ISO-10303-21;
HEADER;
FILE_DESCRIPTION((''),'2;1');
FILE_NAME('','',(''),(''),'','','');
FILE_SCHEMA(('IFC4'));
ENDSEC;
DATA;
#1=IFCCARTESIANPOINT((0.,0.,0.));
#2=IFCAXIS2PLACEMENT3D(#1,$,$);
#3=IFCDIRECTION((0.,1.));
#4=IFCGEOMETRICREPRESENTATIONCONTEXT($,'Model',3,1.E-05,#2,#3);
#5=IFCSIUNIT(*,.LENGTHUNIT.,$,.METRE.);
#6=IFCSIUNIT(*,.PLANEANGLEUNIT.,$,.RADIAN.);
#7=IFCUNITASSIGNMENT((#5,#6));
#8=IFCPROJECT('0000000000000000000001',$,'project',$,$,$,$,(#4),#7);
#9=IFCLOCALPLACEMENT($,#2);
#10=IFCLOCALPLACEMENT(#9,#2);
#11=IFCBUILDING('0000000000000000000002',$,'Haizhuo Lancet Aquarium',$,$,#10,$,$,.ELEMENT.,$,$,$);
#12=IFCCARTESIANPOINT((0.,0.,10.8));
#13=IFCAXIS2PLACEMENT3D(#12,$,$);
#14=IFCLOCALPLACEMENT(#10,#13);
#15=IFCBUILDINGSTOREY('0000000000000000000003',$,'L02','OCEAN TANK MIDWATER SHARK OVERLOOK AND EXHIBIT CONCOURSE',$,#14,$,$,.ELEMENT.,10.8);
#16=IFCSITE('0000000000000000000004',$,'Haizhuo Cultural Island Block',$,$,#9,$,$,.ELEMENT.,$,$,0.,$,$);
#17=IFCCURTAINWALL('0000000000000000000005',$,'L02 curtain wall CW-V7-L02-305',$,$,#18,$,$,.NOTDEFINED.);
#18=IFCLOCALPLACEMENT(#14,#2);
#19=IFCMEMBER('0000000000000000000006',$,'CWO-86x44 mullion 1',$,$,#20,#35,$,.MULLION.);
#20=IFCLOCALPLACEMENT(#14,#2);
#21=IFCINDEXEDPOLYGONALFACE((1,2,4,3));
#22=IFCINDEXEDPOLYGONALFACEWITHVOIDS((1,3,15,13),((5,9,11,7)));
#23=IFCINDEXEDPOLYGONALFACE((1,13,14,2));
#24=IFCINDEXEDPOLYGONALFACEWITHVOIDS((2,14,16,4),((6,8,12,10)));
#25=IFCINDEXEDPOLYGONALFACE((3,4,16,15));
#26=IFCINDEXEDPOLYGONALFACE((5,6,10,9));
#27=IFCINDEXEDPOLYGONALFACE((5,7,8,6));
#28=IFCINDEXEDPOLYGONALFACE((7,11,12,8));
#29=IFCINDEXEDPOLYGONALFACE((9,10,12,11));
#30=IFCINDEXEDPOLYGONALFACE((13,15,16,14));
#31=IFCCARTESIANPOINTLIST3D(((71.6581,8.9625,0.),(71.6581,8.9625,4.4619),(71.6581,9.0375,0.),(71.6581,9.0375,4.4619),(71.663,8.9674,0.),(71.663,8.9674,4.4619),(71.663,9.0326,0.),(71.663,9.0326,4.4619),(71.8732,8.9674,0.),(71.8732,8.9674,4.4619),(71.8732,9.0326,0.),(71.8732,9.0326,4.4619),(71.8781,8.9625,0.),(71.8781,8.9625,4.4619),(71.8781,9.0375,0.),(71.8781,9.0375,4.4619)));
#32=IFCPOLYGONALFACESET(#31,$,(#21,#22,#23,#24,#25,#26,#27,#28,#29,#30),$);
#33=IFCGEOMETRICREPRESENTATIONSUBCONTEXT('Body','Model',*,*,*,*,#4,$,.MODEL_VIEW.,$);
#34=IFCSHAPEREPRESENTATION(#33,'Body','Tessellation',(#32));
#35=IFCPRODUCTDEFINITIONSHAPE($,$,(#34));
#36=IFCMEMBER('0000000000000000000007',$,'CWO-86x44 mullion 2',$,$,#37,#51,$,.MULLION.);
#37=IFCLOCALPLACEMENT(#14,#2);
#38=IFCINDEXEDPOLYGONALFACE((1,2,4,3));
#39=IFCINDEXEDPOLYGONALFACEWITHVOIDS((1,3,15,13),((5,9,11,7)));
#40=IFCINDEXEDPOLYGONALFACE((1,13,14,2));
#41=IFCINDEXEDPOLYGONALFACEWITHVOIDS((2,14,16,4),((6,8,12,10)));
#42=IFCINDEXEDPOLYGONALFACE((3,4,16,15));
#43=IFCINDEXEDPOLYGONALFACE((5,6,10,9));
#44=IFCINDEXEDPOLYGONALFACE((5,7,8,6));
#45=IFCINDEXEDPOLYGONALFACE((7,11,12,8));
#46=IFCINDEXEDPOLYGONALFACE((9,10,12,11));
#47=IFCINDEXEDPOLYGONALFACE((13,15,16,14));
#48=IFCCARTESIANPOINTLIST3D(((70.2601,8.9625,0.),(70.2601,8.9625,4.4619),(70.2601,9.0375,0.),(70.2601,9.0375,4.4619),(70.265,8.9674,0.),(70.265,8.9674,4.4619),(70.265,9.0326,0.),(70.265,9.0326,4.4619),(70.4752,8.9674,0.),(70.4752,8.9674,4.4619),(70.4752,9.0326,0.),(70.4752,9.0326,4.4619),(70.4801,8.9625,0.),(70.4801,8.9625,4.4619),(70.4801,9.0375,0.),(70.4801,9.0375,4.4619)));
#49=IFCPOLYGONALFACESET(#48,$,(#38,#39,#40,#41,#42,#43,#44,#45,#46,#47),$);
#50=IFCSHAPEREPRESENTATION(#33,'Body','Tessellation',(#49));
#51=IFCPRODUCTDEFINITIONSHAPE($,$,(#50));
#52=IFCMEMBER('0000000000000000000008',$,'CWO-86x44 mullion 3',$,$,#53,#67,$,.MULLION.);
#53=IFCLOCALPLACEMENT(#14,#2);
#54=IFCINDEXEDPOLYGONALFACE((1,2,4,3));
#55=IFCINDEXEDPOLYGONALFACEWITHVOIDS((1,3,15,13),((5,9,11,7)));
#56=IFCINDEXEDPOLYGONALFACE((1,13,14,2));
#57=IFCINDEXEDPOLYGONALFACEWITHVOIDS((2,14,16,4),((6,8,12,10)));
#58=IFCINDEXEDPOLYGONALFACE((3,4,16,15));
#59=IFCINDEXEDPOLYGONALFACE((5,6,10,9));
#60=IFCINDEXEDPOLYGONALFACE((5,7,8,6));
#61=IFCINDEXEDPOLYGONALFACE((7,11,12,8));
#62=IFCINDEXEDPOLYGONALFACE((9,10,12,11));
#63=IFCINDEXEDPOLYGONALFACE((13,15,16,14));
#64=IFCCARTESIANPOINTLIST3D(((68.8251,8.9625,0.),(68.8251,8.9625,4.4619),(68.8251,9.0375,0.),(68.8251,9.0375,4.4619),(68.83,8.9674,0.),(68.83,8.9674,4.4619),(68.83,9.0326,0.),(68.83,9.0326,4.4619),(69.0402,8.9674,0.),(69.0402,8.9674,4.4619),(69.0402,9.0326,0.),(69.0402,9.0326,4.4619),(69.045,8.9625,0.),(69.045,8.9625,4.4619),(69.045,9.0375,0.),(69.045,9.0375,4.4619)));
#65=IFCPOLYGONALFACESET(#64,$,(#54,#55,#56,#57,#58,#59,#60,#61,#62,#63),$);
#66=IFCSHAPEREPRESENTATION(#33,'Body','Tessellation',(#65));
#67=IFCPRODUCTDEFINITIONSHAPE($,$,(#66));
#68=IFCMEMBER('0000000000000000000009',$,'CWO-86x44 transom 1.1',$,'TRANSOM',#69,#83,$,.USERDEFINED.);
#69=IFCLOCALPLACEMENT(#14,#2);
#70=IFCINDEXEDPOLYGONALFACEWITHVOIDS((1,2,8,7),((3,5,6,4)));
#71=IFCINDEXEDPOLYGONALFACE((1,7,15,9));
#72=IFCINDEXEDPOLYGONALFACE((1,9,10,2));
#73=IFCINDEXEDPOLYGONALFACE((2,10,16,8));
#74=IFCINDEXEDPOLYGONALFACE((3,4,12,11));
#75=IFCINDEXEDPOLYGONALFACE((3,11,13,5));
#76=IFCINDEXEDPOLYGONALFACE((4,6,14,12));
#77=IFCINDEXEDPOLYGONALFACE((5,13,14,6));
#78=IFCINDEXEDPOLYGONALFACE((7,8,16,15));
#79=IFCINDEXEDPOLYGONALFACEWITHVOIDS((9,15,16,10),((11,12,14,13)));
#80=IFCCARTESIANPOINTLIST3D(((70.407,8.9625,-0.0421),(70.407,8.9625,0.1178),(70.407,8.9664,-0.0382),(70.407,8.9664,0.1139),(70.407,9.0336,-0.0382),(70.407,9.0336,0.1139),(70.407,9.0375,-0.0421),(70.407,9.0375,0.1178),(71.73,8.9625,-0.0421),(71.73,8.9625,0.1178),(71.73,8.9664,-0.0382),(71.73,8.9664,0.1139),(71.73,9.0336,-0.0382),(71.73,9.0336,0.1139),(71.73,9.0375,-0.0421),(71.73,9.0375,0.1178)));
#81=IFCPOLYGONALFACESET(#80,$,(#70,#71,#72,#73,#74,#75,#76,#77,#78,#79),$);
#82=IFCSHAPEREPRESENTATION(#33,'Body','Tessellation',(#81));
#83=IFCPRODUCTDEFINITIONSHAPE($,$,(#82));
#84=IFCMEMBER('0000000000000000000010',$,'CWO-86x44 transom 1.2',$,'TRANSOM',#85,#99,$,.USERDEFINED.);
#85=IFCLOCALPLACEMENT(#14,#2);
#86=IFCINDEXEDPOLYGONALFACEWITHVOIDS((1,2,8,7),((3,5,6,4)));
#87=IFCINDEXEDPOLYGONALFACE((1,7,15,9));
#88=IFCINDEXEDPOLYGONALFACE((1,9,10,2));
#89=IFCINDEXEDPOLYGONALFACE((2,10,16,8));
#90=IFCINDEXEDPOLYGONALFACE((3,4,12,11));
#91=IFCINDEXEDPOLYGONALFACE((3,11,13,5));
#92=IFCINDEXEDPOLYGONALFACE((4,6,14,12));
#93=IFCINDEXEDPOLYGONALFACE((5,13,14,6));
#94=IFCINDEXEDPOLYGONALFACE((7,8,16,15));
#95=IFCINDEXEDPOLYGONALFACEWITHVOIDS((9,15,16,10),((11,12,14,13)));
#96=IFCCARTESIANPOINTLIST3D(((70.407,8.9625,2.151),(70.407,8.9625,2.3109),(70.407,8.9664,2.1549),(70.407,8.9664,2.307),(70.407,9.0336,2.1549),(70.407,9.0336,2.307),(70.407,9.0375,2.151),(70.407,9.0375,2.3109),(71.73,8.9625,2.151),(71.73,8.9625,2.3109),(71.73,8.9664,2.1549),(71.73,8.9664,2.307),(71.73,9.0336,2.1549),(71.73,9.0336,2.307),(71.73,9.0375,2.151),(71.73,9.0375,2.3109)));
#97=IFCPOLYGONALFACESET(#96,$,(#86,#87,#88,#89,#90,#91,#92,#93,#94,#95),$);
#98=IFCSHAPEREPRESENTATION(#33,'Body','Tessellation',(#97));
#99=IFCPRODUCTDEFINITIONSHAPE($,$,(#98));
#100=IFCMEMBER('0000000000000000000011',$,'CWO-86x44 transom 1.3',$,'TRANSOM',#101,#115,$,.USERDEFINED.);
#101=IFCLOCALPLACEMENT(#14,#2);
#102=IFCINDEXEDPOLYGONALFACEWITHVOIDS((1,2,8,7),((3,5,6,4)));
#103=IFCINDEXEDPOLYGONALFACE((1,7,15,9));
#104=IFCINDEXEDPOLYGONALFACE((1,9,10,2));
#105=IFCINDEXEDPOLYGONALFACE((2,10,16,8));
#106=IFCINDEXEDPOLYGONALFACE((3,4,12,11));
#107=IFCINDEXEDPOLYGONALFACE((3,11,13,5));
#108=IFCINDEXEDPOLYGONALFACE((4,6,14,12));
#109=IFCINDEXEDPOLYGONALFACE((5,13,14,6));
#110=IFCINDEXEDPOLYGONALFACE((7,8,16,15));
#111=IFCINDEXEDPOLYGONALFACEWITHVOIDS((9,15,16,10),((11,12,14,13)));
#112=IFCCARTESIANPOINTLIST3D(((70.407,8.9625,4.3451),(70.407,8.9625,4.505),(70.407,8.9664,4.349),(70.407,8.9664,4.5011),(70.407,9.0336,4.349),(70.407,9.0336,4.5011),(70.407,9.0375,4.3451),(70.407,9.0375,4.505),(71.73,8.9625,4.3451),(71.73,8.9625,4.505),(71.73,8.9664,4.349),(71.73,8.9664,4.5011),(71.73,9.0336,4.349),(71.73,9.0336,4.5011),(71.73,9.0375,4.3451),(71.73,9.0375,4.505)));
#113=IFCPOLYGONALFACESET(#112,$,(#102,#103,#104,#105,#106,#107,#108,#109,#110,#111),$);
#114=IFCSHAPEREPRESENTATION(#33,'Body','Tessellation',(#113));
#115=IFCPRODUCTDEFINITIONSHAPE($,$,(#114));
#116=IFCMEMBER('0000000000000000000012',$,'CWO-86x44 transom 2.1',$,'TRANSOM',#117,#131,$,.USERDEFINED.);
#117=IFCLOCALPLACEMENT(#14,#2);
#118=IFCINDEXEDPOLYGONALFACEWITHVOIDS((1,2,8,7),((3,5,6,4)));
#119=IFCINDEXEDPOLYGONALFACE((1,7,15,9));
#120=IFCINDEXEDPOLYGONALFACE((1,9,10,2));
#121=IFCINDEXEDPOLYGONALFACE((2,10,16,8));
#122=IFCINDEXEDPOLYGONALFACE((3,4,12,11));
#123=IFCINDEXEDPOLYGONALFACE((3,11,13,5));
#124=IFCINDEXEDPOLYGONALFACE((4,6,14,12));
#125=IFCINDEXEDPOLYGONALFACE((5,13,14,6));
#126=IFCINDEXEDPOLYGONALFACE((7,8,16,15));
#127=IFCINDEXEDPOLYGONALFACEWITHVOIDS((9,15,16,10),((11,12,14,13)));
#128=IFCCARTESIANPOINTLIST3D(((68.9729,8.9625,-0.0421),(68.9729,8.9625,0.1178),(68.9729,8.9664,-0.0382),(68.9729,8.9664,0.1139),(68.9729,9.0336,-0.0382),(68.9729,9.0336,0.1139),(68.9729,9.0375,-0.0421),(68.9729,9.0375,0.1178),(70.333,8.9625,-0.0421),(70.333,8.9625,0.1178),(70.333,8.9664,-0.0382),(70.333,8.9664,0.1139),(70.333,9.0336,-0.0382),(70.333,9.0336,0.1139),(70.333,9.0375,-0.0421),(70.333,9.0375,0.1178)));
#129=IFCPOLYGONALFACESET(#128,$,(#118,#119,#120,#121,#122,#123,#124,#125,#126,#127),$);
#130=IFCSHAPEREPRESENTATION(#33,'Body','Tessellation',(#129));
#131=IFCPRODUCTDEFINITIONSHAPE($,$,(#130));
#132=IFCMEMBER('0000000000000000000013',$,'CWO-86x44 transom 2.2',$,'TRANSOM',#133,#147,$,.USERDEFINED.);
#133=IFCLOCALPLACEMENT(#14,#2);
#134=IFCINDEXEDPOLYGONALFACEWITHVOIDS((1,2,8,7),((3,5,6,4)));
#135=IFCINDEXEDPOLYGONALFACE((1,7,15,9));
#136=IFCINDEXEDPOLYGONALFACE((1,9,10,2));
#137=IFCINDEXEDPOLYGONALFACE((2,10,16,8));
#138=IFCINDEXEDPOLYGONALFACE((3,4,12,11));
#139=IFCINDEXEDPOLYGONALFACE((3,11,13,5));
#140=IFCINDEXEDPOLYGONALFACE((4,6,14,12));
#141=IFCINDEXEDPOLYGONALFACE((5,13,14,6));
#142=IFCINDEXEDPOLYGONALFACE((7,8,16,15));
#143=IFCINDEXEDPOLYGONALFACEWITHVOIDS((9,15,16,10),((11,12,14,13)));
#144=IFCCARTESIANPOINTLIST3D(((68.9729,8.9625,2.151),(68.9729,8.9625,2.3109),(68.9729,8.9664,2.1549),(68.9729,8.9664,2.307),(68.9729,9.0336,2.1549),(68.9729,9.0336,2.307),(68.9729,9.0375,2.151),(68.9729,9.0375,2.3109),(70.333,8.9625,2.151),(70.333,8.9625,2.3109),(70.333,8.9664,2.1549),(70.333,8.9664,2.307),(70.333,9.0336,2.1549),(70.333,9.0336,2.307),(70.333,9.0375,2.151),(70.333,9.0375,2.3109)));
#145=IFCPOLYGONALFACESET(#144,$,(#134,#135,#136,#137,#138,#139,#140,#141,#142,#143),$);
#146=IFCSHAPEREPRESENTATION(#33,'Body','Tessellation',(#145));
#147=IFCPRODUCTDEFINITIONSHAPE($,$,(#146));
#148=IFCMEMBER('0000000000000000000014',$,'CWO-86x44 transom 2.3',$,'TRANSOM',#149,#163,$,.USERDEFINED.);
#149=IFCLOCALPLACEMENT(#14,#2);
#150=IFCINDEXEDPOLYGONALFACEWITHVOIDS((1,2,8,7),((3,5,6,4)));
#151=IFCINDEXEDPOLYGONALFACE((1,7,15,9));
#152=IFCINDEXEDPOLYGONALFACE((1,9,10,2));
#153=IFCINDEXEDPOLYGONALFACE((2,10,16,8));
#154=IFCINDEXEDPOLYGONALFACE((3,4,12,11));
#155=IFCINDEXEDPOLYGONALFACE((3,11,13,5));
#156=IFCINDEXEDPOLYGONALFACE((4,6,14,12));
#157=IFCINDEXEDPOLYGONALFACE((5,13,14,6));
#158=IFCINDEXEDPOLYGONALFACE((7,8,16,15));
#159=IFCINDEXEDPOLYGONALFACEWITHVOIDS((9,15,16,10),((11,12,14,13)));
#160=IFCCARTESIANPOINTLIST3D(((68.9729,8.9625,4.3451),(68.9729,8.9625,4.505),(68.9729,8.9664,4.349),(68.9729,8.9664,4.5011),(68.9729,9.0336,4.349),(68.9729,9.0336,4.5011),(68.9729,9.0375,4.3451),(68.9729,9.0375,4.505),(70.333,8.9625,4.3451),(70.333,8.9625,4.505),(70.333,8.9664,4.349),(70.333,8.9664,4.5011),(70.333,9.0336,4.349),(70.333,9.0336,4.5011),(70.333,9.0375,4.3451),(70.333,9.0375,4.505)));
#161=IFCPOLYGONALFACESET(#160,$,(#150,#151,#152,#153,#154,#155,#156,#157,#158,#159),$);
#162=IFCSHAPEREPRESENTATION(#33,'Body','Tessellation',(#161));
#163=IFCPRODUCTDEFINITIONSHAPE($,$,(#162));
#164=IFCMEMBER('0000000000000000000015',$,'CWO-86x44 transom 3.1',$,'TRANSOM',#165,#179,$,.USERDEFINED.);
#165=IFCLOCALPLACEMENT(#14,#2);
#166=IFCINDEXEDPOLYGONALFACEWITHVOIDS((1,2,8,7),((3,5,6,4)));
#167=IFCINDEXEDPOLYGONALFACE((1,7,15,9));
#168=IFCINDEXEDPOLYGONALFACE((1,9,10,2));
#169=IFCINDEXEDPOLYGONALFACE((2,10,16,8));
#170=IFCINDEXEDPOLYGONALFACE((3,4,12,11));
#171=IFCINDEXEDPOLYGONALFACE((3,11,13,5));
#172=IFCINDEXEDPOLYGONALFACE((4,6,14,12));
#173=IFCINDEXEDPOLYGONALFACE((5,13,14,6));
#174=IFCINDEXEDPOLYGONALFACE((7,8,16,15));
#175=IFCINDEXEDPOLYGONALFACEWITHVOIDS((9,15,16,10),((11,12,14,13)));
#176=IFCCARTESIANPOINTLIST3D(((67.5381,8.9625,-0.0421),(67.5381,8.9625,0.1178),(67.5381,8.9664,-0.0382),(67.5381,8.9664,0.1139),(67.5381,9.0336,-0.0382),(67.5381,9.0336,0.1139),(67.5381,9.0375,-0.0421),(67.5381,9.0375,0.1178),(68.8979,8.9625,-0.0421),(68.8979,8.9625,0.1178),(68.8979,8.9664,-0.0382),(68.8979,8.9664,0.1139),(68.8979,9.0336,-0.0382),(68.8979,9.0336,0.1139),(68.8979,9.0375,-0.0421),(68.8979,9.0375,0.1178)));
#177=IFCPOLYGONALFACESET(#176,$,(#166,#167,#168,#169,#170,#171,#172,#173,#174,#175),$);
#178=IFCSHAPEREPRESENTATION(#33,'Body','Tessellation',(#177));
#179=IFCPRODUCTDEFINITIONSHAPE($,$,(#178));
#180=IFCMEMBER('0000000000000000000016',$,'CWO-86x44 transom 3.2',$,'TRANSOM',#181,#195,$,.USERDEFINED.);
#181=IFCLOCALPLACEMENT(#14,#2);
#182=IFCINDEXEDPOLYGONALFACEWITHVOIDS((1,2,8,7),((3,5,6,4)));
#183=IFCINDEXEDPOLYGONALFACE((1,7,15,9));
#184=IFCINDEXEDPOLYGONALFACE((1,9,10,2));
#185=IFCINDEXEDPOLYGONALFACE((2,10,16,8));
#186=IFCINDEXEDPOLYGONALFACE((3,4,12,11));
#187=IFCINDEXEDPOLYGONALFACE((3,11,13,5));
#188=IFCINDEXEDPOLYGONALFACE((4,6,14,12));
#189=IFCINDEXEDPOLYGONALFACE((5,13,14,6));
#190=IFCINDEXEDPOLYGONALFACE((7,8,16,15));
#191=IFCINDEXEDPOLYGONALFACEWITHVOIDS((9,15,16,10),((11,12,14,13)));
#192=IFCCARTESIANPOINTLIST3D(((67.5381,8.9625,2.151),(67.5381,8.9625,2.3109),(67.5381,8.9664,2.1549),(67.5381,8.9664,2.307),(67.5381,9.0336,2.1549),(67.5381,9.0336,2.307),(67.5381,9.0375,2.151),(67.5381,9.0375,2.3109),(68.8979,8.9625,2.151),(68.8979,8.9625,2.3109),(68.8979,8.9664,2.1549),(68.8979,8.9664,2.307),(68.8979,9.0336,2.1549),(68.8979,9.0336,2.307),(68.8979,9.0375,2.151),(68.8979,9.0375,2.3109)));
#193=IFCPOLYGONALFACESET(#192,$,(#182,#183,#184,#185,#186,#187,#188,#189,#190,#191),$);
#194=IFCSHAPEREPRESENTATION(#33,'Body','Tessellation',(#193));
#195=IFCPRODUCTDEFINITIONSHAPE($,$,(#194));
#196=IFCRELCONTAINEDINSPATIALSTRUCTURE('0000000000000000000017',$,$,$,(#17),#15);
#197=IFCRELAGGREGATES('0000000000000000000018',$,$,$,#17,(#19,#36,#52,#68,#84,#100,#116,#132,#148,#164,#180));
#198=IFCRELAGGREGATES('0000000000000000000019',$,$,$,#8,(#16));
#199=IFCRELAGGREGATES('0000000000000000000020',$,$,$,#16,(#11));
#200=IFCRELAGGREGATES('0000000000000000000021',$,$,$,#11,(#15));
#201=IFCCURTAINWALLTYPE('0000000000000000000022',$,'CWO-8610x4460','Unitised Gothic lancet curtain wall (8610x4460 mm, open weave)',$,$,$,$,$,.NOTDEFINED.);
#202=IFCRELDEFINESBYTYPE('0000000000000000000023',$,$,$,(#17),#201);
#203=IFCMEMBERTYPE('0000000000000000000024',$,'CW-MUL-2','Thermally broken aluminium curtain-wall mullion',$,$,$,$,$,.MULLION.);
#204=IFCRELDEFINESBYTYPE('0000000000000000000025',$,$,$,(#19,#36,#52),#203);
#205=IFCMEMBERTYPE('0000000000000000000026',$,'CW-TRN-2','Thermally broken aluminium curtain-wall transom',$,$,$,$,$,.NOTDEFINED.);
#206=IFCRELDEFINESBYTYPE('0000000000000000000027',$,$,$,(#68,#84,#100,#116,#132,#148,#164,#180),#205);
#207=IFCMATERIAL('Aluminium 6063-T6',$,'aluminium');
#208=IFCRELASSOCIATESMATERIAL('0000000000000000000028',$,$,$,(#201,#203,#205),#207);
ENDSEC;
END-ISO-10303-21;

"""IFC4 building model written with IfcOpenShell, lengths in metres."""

from ifc_helpers import new_model, si_unit, direction, frame, origin, origin_2d, place, context, subcontext, project, spatial, hollow_rectangle, extrude, material, material_profile, profile_set, type_object, element, aggregate, save


model = new_model("IFC4")

# Units and contexts
model_context = context("Model", 3, precision=1e-05, world=origin(), true_north=direction((0.0, 1.0)))
body_context = subcontext(model_context, "Body", "Model", "MODEL_VIEW")
ifc_project = project(units=[si_unit("LENGTHUNIT", "METRE"), si_unit("PLANEANGLEUNIT", "RADIAN")], contexts=[model_context])

# Site, building, storey
site_placement = place(None, origin())
site = spatial("IfcSite", under=ifc_project, at=site_placement, Name="Haizhuo Cultural Island Block", CompositionType="ELEMENT", RefElevation=0.0)
building_placement = place(site_placement, origin())
building = spatial("IfcBuilding", under=site, at=building_placement, Name="Haizhuo Lancet Aquarium", CompositionType="ELEMENT")
storey_placement = place(building_placement, frame((0.0, 0.0, 10.8)))
storey = spatial("IfcBuildingStorey", under=building, at=storey_placement, Name="L02", Description="OCEAN TANK MIDWATER SHARK OVERLOOK AND EXHIBIT CONCOURSE", CompositionType="ELEMENT", Elevation=10.8)

# Curtain wall, members
ifc_material_1 = material(Name="Aluminium 6063-T6", Category="aluminium")
curtain_wall_type = type_object("IfcCurtainWallType", Name="CWO-8610x4460", Description="Unitised Gothic lancet curtain wall (8610x4460 mm, open weave)", PredefinedType="NOTDEFINED", material=ifc_material_1)
curtain_wall_placement = place(storey_placement, origin())
curtain_wall = element("IfcCurtainWall", 1, at=curtain_wall_placement, inside=storey, type_object=curtain_wall_type, Name="L02 curtain wall CW-V7-L02-305", PredefinedType="NOTDEFINED")
ifc_material_profile_1 = material_profile(ifc_material_1, hollow_rectangle(XDim=0.075, YDim=0.22, WallThickness=0.0049, at=origin_2d()), Name="ALU-M 75x220x5")
ifc_profile_set_1 = profile_set([ifc_material_profile_1], Name="Aluminium 6063-T6")
member_type_1 = type_object("IfcMemberType", Name="CW-MUL-2", Description="Thermally broken aluminium curtain-wall mullion", PredefinedType="MULLION", material=ifc_profile_set_1)
member_1_placement = place(storey_placement, frame((71.7681, 9.0, 0.0), z_axis=(0.0, 0.0, 1.0), x_axis=(0.0, -1.0, 0.0)))
member_1 = element("IfcMember", 2, at=member_1_placement, type_object=member_type_1, Name="CWO-86x44 mullion 1", PredefinedType="MULLION", context=body_context, shape_type="SweptSolid", body=[
    extrude(hollow_rectangle(XDim=0.075, YDim=0.22, WallThickness=0.0049, at=origin_2d()), origin(), (0.0, 0.0, 1.0), 4.4619),
])
member_2_placement = place(storey_placement, frame((70.3701, 9.0, 0.0), z_axis=(0.0, 0.0, 1.0), x_axis=(0.0, -1.0, 0.0)))
member_2 = element("IfcMember", 3, at=member_2_placement, type_object=member_type_1, Name="CWO-86x44 mullion 2", PredefinedType="MULLION", context=body_context, shape_type="SweptSolid", body=[
    extrude(hollow_rectangle(XDim=0.075, YDim=0.22, WallThickness=0.0049, at=origin_2d()), origin(), (0.0, 0.0, 1.0), 4.4619),
])
member_3_placement = place(storey_placement, frame((68.9351, 9.0, 0.0), z_axis=(0.0, 0.0, 1.0), x_axis=(0.0, -1.0, 0.0)))
member_3 = element("IfcMember", 4, at=member_3_placement, type_object=member_type_1, Name="CWO-86x44 mullion 3", PredefinedType="MULLION", context=body_context, shape_type="SweptSolid", body=[
    extrude(hollow_rectangle(XDim=0.075, YDim=0.22, WallThickness=0.0049, at=origin_2d()), origin(), (0.0, 0.0, 1.0), 4.4619),
])
ifc_material_profile_2 = material_profile(ifc_material_1, hollow_rectangle(XDim=0.075, YDim=0.1599, WallThickness=0.0039, at=origin_2d()), Name="ALU-T 75x160x4")
ifc_profile_set_2 = profile_set([ifc_material_profile_2], Name="Aluminium 6063-T6")
member_type_2 = type_object("IfcMemberType", Name="CW-TRN-2", Description="Thermally broken aluminium curtain-wall transom", PredefinedType="NOTDEFINED", material=ifc_profile_set_2)
member_4_placement = place(storey_placement, frame((71.73, 9.0, 0.0378), z_axis=(-1.0, 0.0, 0.0), x_axis=(0.0, -1.0, 0.0)))
member_4 = element("IfcMember", 5, at=member_4_placement, type_object=member_type_2, Name="CWO-86x44 transom 1.1", ObjectType="TRANSOM", PredefinedType="USERDEFINED", context=body_context, shape_type="SweptSolid", body=[
    extrude(hollow_rectangle(XDim=0.075, YDim=0.1599, WallThickness=0.0039, at=origin_2d()), origin(), (0.0, 0.0, 1.0), 1.323),
])
member_5_placement = place(storey_placement, frame((71.73, 9.0, 2.231), z_axis=(-1.0, 0.0, 0.0), x_axis=(0.0, -1.0, 0.0)))
member_5 = element("IfcMember", 6, at=member_5_placement, type_object=member_type_2, Name="CWO-86x44 transom 1.2", ObjectType="TRANSOM", PredefinedType="USERDEFINED", context=body_context, shape_type="SweptSolid", body=[
    extrude(hollow_rectangle(XDim=0.075, YDim=0.1599, WallThickness=0.0039, at=origin_2d()), origin(), (0.0, 0.0, 1.0), 1.323),
])
member_6_placement = place(storey_placement, frame((71.73, 9.0, 4.425), z_axis=(-1.0, 0.0, 0.0), x_axis=(0.0, -1.0, 0.0)))
member_6 = element("IfcMember", 7, at=member_6_placement, type_object=member_type_2, Name="CWO-86x44 transom 1.3", ObjectType="TRANSOM", PredefinedType="USERDEFINED", context=body_context, shape_type="SweptSolid", body=[
    extrude(hollow_rectangle(XDim=0.075, YDim=0.1599, WallThickness=0.0039, at=origin_2d()), origin(), (0.0, 0.0, 1.0), 1.323),
])
member_7_placement = place(storey_placement, frame((70.333, 9.0, 0.0378), z_axis=(-1.0, 0.0, 0.0), x_axis=(0.0, -1.0, 0.0)))
member_7 = element("IfcMember", 8, at=member_7_placement, type_object=member_type_2, Name="CWO-86x44 transom 2.1", ObjectType="TRANSOM", PredefinedType="USERDEFINED", context=body_context, shape_type="SweptSolid", body=[
    extrude(hollow_rectangle(XDim=0.075, YDim=0.1599, WallThickness=0.0039, at=origin_2d()), origin(), (0.0, 0.0, 1.0), 1.3601),
])
member_8_placement = place(storey_placement, frame((70.333, 9.0, 2.231), z_axis=(-1.0, 0.0, 0.0), x_axis=(0.0, -1.0, 0.0)))
member_8 = element("IfcMember", 9, at=member_8_placement, type_object=member_type_2, Name="CWO-86x44 transom 2.2", ObjectType="TRANSOM", PredefinedType="USERDEFINED", context=body_context, shape_type="SweptSolid", body=[
    extrude(hollow_rectangle(XDim=0.075, YDim=0.1599, WallThickness=0.0039, at=origin_2d()), origin(), (0.0, 0.0, 1.0), 1.3601),
])
member_9_placement = place(storey_placement, frame((70.333, 9.0, 4.425), z_axis=(-1.0, 0.0, 0.0), x_axis=(0.0, -1.0, 0.0)))
member_9 = element("IfcMember", 10, at=member_9_placement, type_object=member_type_2, Name="CWO-86x44 transom 2.3", ObjectType="TRANSOM", PredefinedType="USERDEFINED", context=body_context, shape_type="SweptSolid", body=[
    extrude(hollow_rectangle(XDim=0.075, YDim=0.1599, WallThickness=0.0039, at=origin_2d()), origin(), (0.0, 0.0, 1.0), 1.3601),
])
member_10_placement = place(storey_placement, frame((68.8979, 9.0, 0.0378), z_axis=(-1.0, 0.0, 0.0), x_axis=(0.0, -1.0, 0.0)))
member_10 = element("IfcMember", 11, at=member_10_placement, type_object=member_type_2, Name="CWO-86x44 transom 3.1", ObjectType="TRANSOM", PredefinedType="USERDEFINED", context=body_context, shape_type="SweptSolid", body=[
    extrude(hollow_rectangle(XDim=0.075, YDim=0.1599, WallThickness=0.0039, at=origin_2d()), origin(), (0.0, 0.0, 1.0), 1.3599),
])
member_11_placement = place(storey_placement, frame((68.8979, 9.0, 2.231), z_axis=(-1.0, 0.0, 0.0), x_axis=(0.0, -1.0, 0.0)))
member_11 = element("IfcMember", 12, at=member_11_placement, type_object=member_type_2, Name="CWO-86x44 transom 3.2", ObjectType="TRANSOM", PredefinedType="USERDEFINED", context=body_context, shape_type="SweptSolid", body=[
    extrude(hollow_rectangle(XDim=0.075, YDim=0.1599, WallThickness=0.0039, at=origin_2d()), origin(), (0.0, 0.0, 1.0), 1.3599),
])

aggregate(curtain_wall, [member_1, member_2, member_3, member_4, member_5, member_6, member_7, member_8, member_9, member_10, member_11])

save(model, "model.ifc")
